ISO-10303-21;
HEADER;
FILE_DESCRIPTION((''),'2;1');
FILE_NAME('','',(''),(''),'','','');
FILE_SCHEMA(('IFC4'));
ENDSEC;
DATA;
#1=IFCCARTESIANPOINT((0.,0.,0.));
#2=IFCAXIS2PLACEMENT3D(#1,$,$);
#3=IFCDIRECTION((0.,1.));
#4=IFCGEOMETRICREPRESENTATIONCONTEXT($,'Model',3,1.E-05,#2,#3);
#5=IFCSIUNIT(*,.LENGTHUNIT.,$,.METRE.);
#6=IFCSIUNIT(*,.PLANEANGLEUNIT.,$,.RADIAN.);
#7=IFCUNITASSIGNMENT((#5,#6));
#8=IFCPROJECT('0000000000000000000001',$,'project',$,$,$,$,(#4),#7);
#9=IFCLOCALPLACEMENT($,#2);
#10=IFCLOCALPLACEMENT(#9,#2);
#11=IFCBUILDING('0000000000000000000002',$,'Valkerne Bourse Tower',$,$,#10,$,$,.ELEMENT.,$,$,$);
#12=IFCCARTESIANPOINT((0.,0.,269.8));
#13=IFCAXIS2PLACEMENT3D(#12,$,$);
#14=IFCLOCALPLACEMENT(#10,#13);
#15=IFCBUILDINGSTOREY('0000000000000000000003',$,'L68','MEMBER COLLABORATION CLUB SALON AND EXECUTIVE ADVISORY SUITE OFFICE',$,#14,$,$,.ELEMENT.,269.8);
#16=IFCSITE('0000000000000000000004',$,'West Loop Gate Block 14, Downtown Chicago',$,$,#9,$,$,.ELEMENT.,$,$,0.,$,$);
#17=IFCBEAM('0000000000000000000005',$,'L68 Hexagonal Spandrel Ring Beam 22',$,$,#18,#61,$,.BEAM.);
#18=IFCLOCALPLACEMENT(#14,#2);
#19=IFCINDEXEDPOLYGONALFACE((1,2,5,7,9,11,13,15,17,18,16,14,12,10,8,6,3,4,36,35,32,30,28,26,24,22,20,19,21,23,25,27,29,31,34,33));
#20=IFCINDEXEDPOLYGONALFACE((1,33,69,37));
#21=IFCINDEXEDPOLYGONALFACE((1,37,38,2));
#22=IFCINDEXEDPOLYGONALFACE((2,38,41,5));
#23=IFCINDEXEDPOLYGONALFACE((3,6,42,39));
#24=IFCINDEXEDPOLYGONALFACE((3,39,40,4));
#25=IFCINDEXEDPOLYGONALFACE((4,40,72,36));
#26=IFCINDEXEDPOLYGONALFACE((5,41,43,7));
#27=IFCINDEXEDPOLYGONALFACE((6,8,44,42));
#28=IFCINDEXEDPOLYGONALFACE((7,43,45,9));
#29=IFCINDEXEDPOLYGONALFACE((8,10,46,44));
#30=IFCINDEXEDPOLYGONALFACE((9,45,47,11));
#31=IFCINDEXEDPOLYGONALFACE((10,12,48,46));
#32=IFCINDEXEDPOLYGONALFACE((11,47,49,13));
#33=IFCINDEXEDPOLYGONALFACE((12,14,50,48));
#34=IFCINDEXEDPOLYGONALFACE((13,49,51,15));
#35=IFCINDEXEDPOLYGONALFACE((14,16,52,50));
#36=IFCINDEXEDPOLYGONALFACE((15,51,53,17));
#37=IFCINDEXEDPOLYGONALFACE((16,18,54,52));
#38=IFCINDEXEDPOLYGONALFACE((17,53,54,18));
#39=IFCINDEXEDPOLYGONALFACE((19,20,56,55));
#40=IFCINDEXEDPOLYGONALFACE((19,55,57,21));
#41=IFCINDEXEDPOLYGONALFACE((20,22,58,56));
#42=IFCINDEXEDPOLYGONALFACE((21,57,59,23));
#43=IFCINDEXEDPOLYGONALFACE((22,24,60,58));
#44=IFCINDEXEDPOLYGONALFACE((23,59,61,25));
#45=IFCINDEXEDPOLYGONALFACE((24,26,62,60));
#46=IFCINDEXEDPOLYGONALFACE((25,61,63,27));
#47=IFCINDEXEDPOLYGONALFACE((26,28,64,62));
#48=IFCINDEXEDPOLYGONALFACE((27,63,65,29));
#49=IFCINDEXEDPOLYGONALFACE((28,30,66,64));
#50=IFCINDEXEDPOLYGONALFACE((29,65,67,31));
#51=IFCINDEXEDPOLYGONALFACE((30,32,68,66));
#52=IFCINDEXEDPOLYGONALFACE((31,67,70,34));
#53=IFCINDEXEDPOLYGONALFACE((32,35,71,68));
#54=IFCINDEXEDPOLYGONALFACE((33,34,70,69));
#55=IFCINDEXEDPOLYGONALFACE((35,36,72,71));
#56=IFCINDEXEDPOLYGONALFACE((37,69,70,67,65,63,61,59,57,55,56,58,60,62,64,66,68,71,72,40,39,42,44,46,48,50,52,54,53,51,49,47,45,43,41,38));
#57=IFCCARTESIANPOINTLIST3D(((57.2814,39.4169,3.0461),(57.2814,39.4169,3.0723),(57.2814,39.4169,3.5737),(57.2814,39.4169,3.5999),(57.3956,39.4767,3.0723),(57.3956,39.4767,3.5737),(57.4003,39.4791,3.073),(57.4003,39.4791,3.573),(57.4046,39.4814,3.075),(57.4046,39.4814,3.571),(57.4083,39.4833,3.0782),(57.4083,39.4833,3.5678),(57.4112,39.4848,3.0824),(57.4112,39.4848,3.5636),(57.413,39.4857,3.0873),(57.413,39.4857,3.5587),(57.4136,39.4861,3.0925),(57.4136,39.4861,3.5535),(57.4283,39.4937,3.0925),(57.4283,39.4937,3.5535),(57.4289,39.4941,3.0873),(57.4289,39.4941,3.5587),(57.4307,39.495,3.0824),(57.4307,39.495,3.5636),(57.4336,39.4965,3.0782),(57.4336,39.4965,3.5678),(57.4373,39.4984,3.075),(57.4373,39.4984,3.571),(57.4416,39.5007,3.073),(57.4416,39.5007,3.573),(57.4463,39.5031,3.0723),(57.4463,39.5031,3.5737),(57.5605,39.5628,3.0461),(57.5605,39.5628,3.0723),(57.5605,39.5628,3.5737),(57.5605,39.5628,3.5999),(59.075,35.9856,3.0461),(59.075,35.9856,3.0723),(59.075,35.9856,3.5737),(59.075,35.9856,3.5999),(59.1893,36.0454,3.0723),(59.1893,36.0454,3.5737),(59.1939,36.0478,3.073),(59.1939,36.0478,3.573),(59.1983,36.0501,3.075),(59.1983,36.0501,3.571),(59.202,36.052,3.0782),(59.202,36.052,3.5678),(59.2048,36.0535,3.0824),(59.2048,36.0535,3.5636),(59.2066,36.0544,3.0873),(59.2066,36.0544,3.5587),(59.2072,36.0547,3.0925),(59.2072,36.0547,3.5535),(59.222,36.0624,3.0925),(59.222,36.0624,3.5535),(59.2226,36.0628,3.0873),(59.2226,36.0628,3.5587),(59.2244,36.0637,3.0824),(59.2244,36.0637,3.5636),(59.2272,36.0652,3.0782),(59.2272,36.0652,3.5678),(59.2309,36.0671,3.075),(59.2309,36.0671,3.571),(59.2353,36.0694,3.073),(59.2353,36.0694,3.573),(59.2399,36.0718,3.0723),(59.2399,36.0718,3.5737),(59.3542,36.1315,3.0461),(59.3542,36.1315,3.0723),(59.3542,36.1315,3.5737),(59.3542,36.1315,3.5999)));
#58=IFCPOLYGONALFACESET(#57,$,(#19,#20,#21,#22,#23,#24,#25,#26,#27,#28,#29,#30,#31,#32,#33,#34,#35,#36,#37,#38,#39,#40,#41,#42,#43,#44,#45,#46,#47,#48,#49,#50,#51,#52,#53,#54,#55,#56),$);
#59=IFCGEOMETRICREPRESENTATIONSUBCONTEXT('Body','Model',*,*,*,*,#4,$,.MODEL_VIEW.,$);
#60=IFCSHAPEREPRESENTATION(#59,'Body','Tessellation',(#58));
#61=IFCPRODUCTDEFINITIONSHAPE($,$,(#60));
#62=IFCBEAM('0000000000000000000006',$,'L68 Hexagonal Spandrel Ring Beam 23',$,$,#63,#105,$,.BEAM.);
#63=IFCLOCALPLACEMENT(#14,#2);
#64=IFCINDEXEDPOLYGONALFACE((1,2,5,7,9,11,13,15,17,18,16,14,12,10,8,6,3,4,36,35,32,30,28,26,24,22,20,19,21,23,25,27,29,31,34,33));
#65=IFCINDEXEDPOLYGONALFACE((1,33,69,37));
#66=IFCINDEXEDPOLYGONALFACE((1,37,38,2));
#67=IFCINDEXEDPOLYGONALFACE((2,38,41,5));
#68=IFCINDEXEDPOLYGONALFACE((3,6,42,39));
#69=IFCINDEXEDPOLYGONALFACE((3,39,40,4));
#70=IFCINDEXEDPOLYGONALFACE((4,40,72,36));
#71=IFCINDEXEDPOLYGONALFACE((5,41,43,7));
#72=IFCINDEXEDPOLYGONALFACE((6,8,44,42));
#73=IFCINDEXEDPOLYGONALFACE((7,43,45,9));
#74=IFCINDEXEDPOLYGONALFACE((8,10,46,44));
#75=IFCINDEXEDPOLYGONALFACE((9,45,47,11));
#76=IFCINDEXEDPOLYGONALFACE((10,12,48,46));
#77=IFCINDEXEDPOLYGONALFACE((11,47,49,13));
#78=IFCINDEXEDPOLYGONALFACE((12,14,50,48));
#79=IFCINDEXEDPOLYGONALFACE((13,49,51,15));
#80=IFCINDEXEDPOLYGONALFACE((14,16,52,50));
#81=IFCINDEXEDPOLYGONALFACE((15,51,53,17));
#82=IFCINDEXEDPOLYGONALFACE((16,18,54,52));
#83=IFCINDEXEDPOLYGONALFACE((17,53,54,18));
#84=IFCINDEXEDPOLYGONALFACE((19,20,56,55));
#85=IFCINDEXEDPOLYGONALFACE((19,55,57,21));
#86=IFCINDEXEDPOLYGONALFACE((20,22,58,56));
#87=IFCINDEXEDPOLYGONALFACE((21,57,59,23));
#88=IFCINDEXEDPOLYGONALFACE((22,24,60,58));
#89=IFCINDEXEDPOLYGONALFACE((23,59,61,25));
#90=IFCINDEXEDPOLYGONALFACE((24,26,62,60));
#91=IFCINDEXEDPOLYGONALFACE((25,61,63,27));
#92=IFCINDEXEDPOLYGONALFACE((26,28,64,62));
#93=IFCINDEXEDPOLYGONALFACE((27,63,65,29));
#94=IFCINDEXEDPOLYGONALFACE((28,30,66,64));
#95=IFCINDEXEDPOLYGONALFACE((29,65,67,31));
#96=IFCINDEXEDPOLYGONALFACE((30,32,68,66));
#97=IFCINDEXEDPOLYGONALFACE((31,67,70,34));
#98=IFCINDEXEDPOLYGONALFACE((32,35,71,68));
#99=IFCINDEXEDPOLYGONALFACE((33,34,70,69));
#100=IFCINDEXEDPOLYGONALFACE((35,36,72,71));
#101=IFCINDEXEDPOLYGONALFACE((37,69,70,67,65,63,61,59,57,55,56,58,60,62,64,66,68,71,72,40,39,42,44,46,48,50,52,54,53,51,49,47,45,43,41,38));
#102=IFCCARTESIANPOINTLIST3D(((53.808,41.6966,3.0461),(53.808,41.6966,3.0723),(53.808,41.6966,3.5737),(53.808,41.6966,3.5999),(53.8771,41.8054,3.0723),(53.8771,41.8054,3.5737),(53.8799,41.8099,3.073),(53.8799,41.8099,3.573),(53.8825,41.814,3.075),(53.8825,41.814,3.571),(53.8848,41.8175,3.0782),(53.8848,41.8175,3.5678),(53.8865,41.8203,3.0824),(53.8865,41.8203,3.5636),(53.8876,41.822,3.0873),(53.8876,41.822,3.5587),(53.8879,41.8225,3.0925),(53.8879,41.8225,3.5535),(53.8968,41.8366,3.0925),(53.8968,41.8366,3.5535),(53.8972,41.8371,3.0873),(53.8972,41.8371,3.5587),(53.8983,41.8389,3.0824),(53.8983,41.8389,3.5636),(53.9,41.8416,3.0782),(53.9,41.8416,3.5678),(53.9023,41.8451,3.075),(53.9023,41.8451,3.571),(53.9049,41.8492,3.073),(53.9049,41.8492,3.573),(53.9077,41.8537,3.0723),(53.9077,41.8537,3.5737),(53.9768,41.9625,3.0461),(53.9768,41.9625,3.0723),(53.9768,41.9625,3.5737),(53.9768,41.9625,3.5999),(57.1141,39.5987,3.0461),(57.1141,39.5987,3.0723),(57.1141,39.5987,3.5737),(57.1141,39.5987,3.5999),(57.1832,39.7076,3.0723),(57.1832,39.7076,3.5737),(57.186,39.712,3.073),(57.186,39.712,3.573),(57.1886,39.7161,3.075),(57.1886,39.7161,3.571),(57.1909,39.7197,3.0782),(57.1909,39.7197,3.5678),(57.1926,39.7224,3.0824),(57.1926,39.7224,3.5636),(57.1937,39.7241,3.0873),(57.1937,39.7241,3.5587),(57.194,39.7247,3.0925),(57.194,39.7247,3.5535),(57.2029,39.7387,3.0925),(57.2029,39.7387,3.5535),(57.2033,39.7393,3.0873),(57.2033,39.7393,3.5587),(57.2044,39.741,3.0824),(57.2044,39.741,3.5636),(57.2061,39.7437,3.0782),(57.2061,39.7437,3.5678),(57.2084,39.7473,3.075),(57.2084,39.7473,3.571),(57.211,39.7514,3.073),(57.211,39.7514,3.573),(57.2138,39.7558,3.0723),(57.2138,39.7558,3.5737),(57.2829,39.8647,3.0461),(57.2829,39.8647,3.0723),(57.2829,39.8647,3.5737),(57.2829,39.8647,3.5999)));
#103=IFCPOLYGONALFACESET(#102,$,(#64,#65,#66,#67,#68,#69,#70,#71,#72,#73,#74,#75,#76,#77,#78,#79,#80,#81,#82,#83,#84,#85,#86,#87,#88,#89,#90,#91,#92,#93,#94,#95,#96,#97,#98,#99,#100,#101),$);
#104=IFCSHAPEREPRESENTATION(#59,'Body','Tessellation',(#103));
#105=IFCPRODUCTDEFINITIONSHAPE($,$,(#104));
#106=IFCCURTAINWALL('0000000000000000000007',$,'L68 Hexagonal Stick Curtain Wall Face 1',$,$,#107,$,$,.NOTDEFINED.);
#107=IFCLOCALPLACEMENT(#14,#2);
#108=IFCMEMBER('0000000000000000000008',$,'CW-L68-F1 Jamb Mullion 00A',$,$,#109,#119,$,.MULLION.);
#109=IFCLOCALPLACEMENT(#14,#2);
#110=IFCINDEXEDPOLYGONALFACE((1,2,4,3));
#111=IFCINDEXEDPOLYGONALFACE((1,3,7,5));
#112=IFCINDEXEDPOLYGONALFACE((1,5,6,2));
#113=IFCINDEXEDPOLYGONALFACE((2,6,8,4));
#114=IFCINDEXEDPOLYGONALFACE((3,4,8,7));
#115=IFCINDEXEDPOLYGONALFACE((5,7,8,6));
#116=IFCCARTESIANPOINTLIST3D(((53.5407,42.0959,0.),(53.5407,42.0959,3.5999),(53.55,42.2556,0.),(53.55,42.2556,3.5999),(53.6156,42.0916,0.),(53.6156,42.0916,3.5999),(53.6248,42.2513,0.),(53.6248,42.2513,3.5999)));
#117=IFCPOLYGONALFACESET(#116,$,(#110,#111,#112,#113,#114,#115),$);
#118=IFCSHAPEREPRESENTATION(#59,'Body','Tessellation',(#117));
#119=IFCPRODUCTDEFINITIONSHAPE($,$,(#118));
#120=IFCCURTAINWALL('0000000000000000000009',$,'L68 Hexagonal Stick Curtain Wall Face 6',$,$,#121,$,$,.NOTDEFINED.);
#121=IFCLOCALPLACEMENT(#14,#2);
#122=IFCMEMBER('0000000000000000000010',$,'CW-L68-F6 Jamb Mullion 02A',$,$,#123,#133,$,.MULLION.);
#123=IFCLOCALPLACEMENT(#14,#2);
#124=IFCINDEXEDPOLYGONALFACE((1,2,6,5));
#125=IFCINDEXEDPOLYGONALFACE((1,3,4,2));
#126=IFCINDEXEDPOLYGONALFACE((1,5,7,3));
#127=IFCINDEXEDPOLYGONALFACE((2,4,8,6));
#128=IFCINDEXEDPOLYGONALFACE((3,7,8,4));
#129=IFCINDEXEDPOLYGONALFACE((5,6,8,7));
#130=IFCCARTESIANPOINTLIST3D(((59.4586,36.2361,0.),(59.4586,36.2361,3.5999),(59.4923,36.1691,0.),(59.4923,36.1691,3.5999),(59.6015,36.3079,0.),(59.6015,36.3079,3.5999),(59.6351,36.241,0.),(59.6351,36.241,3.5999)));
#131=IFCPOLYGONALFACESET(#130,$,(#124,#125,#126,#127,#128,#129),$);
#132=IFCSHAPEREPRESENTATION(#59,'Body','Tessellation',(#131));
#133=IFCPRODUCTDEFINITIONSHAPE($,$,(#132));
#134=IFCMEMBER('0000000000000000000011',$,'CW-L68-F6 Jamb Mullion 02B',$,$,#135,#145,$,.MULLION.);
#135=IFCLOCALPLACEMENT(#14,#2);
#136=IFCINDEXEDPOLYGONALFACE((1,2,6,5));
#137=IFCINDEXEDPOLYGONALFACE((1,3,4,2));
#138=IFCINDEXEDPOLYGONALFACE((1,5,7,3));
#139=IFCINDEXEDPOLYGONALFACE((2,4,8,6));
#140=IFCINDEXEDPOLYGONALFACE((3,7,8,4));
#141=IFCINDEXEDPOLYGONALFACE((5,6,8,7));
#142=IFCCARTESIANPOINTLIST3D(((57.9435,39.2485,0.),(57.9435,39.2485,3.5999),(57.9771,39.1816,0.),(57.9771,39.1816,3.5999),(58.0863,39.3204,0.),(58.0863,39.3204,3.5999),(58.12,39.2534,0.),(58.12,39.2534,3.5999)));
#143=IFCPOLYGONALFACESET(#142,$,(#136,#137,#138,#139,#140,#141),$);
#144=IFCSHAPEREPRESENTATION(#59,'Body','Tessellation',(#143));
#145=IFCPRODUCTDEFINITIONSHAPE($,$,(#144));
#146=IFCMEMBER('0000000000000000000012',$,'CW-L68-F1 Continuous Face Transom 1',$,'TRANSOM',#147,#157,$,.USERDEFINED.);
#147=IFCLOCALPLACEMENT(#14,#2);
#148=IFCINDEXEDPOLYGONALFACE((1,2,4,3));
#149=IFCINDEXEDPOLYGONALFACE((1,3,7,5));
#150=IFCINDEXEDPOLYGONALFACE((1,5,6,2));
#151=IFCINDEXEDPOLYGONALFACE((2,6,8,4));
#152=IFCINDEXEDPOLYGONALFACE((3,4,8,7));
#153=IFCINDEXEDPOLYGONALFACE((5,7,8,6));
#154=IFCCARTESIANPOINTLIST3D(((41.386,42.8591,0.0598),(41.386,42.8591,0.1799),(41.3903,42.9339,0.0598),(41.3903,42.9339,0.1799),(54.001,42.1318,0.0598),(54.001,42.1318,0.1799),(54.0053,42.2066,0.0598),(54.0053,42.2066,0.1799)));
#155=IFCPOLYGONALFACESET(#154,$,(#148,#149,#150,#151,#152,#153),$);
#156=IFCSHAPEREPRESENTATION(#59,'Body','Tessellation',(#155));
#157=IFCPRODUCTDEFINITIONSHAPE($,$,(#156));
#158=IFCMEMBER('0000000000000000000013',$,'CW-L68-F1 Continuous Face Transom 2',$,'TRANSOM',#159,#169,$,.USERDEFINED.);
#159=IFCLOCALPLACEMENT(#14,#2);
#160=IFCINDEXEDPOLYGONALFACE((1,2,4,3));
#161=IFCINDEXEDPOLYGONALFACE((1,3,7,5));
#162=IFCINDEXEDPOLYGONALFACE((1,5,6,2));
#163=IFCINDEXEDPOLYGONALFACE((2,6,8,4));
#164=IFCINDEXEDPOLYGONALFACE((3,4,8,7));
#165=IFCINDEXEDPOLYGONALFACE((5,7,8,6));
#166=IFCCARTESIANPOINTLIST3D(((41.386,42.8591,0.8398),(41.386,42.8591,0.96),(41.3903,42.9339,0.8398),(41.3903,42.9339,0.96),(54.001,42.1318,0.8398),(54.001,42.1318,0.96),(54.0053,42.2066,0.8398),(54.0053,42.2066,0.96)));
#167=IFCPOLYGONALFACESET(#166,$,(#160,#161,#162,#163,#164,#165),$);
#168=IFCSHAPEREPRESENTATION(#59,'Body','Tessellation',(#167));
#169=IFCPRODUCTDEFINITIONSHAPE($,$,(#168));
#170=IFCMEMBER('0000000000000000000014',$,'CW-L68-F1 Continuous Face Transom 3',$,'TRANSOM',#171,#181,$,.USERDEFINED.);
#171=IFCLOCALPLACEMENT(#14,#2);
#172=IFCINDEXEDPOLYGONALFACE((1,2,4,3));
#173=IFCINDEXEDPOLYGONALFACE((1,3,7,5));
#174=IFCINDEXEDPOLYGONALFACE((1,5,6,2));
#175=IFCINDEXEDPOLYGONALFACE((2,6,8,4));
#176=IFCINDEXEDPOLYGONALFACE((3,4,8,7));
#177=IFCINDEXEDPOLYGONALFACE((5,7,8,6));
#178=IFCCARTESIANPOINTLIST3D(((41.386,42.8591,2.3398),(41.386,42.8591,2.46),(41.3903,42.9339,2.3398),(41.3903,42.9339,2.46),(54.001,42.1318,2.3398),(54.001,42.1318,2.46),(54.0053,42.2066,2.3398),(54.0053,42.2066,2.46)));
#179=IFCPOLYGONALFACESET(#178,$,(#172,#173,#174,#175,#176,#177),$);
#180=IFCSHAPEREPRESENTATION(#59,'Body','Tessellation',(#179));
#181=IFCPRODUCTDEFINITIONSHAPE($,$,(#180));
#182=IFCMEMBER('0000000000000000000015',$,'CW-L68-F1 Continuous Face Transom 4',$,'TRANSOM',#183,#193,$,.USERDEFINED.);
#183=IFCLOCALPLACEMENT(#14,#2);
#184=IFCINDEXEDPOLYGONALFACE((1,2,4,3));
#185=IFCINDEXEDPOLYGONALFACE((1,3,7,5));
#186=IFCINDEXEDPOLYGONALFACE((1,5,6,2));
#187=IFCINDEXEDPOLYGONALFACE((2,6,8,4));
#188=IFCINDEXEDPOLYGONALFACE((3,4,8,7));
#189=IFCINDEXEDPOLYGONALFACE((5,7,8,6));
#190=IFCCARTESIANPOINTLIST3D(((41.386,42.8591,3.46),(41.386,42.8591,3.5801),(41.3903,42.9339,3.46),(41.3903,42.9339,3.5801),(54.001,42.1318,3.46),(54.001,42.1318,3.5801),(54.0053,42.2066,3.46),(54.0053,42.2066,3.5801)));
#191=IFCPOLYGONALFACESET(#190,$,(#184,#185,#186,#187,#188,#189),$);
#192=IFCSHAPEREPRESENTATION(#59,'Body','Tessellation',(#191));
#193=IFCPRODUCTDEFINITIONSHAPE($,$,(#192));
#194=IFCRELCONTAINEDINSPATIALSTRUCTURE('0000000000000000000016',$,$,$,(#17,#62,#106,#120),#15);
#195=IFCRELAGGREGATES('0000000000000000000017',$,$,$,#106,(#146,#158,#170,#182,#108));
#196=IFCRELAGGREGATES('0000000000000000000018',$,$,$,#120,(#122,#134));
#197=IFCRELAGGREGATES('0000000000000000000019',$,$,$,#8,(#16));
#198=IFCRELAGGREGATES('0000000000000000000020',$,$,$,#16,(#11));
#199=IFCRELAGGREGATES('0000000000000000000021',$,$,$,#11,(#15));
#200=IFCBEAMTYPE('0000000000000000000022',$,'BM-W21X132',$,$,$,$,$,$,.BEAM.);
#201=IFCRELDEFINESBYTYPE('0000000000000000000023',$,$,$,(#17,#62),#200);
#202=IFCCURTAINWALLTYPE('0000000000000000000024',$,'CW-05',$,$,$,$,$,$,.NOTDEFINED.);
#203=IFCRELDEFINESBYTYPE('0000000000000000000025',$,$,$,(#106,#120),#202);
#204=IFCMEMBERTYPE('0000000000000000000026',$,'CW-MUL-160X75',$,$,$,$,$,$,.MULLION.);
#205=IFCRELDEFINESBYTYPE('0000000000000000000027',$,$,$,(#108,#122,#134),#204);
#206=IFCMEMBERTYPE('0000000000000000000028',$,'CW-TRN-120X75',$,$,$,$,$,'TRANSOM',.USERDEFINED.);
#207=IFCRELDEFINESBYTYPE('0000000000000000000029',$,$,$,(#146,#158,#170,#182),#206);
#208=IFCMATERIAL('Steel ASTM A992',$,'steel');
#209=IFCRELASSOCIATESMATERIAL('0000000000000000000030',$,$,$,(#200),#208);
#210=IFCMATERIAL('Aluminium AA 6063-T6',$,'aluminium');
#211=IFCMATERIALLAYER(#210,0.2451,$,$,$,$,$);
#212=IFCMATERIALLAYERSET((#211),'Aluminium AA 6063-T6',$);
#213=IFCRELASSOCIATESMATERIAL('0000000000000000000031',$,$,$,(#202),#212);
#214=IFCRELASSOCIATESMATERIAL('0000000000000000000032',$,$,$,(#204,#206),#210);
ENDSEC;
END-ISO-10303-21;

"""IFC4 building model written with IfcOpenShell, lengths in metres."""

from ifc_helpers import new_model, si_unit, direction, frame, origin, origin_2d, place, context, subcontext, project, spatial, rectangle, i_section, extrude, material, layer, layer_set, material_profile, profile_set, type_object, element, aggregate, save


model = new_model("IFC4")

# Units and contexts
model_context = context("Model", 3, precision=1e-05, world=origin(), true_north=direction((0.0, 1.0)))
body_context = subcontext(model_context, "Body", "Model", "MODEL_VIEW")
ifc_project = project(units=[si_unit("LENGTHUNIT", "METRE"), si_unit("PLANEANGLEUNIT", "RADIAN")], contexts=[model_context])

# Site, building, storey
site_placement = place(None, origin())
site = spatial("IfcSite", under=ifc_project, at=site_placement, Name="West Loop Gate Block 14, Downtown Chicago", CompositionType="ELEMENT", RefElevation=0.0)
building_placement = place(site_placement, origin())
building = spatial("IfcBuilding", under=site, at=building_placement, Name="Valkerne Bourse Tower", CompositionType="ELEMENT")
storey_placement = place(building_placement, frame((0.0, 0.0, 269.8)))
storey = spatial("IfcBuildingStorey", under=building, at=storey_placement, Name="L68", Description="MEMBER COLLABORATION CLUB SALON AND EXECUTIVE ADVISORY SUITE OFFICE", CompositionType="ELEMENT", Elevation=269.8)

# Beams
ifc_material_1 = material(Name="Steel ASTM A992", Category="steel")
ifc_material_profile_1 = material_profile(ifc_material_1, i_section(OverallWidth=0.3149, OverallDepth=0.5537, WebThickness=0.0166, FlangeThickness=0.0261, FilletRadius=0.0203, at=origin_2d()), Name="W21X132")
ifc_profile_set_1 = profile_set([ifc_material_profile_1], Name="Steel ASTM A992")
beam_type = type_object("IfcBeamType", Name="BM-W21X132", PredefinedType="BEAM", material=ifc_profile_set_1)
beam_1_placement = place(storey_placement, frame((59.2146, 36.0586, 3.323), z_axis=(-0.463258, 0.886224, 0.0), x_axis=(-0.886224, -0.463258, 0.0)))
element("IfcBeam", 1, at=beam_1_placement, inside=storey, type_object=beam_type, Name="L68 Hexagonal Spandrel Ring Beam 22", PredefinedType="BEAM", context=body_context, shape_type="SweptSolid", body=[
    extrude(i_section(OverallWidth=0.3149, OverallDepth=0.5537, WebThickness=0.0166, FlangeThickness=0.0261, FilletRadius=0.0203, at=origin_2d()), origin(), (0.0, 0.0, 1.0), 3.8718),
])
beam_2_placement = place(storey_placement, frame((57.1985, 39.7317, 3.323), z_axis=(-0.844357, 0.535782, 0.0), x_axis=(-0.535782, -0.844357, 0.0)))
element("IfcBeam", 2, at=beam_2_placement, inside=storey, type_object=beam_type, Name="L68 Hexagonal Spandrel Ring Beam 23", PredefinedType="BEAM", context=body_context, shape_type="SweptSolid", body=[
    extrude(i_section(OverallWidth=0.3149, OverallDepth=0.5537, WebThickness=0.0166, FlangeThickness=0.0261, FilletRadius=0.0203, at=origin_2d()), origin(), (0.0, 0.0, 1.0), 3.9155),
])

# Curtain wall, member
ifc_material_2 = material(Name="Aluminium AA 6063-T6", Category="aluminium")
ifc_layer_1 = layer(ifc_material_2, 0.2451)
ifc_layer_set_1 = layer_set([ifc_layer_1], Name="Aluminium AA 6063-T6")
curtain_wall_type = type_object("IfcCurtainWallType", Name="CW-05", PredefinedType="NOTDEFINED", material=ifc_layer_set_1)
curtain_wall_1_placement = place(storey_placement, origin())
curtain_wall_1 = element("IfcCurtainWall", 3, at=curtain_wall_1_placement, inside=storey, type_object=curtain_wall_type, Name="L68 Hexagonal Stick Curtain Wall Face 1", PredefinedType="NOTDEFINED")
ifc_material_profile_2 = material_profile(ifc_material_2, rectangle(XDim=0.075, YDim=0.1599, at=origin_2d()), Name="CWM-75X160")
ifc_profile_set_2 = profile_set([ifc_material_profile_2], Name="Aluminium AA 6063-T6")
member_type_1 = type_object("IfcMemberType", Name="CW-MUL-160X75", PredefinedType="MULLION", material=ifc_profile_set_2)
member_1_placement = place(storey_placement, frame((53.5828, 42.1736, 0.0), z_axis=(0.0, 0.0, 1.0), x_axis=(-0.998343, 0.05755, 0.0)))
member_1 = element("IfcMember", 4, at=member_1_placement, type_object=member_type_1, Name="CW-L68-F1 Jamb Mullion 00A", PredefinedType="MULLION", context=body_context, shape_type="SweptSolid", body=[
    extrude(rectangle(XDim=0.075, YDim=0.1599, at=origin_2d()), origin(), (0.0, 0.0, 1.0), 3.5999),
])

# Curtain wall, members
curtain_wall_2_placement = place(storey_placement, origin())
curtain_wall_2 = element("IfcCurtainWall", 5, at=curtain_wall_2_placement, inside=storey, type_object=curtain_wall_type, Name="L68 Hexagonal Stick Curtain Wall Face 6", PredefinedType="NOTDEFINED")
member_2_placement = place(storey_placement, frame((59.5469, 36.2385, 0.0), z_axis=(0.0, 0.0, 1.0), x_axis=(-0.44933, 0.893366, 0.0)))
member_2 = element("IfcMember", 6, at=member_2_placement, type_object=member_type_1, Name="CW-L68-F6 Jamb Mullion 02A", PredefinedType="MULLION", context=body_context, shape_type="SweptSolid", body=[
    extrude(rectangle(XDim=0.075, YDim=0.1599, at=origin_2d()), origin(), (0.0, 0.0, 1.0), 3.5999),
])
member_3_placement = place(storey_placement, frame((58.0317, 39.251, 0.0), z_axis=(0.0, 0.0, 1.0), x_axis=(-0.44933, 0.893366, 0.0)))
member_3 = element("IfcMember", 7, at=member_3_placement, type_object=member_type_1, Name="CW-L68-F6 Jamb Mullion 02B", PredefinedType="MULLION", context=body_context, shape_type="SweptSolid", body=[
    extrude(rectangle(XDim=0.075, YDim=0.1599, at=origin_2d()), origin(), (0.0, 0.0, 1.0), 3.5999),
])

# Members
ifc_material_profile_3 = material_profile(ifc_material_2, rectangle(XDim=0.075, YDim=0.1201, at=origin_2d()), Name="CWT-75X120")
ifc_profile_set_3 = profile_set([ifc_material_profile_3], Name="Aluminium AA 6063-T6")
member_type_2 = type_object("IfcMemberType", Name="CW-TRN-120X75", ElementType="TRANSOM", PredefinedType="USERDEFINED", material=ifc_profile_set_3)
member_4_placement = place(storey_placement, frame((54.0032, 42.1692, 0.1199), z_axis=(-0.998342, 0.057558, 0.0), x_axis=(-0.057558, -0.998342, 0.0)))
member_4 = element("IfcMember", 8, at=member_4_placement, type_object=member_type_2, Name="CW-L68-F1 Continuous Face Transom 1", ObjectType="TRANSOM", PredefinedType="USERDEFINED", context=body_context, shape_type="SweptSolid", body=[
    extrude(rectangle(XDim=0.075, YDim=0.1201, at=origin_2d()), origin(), (0.0, 0.0, 1.0), 12.636),
])
member_5_placement = place(storey_placement, frame((54.0032, 42.1692, 0.8999), z_axis=(-0.998342, 0.057558, 0.0), x_axis=(-0.057558, -0.998342, 0.0)))
member_5 = element("IfcMember", 9, at=member_5_placement, type_object=member_type_2, Name="CW-L68-F1 Continuous Face Transom 2", ObjectType="TRANSOM", PredefinedType="USERDEFINED", context=body_context, shape_type="SweptSolid", body=[
    extrude(rectangle(XDim=0.075, YDim=0.1201, at=origin_2d()), origin(), (0.0, 0.0, 1.0), 12.636),
])
member_6_placement = place(storey_placement, frame((54.0032, 42.1692, 2.3999), z_axis=(-0.998342, 0.057558, 0.0), x_axis=(-0.057558, -0.998342, 0.0)))
member_6 = element("IfcMember", 10, at=member_6_placement, type_object=member_type_2, Name="CW-L68-F1 Continuous Face Transom 3", ObjectType="TRANSOM", PredefinedType="USERDEFINED", context=body_context, shape_type="SweptSolid", body=[
    extrude(rectangle(XDim=0.075, YDim=0.1201, at=origin_2d()), origin(), (0.0, 0.0, 1.0), 12.636),
])
member_7_placement = place(storey_placement, frame((54.0032, 42.1692, 3.52), z_axis=(-0.998342, 0.057558, 0.0), x_axis=(-0.057558, -0.998342, 0.0)))
member_7 = element("IfcMember", 11, at=member_7_placement, type_object=member_type_2, Name="CW-L68-F1 Continuous Face Transom 4", ObjectType="TRANSOM", PredefinedType="USERDEFINED", context=body_context, shape_type="SweptSolid", body=[
    extrude(rectangle(XDim=0.075, YDim=0.1201, at=origin_2d()), origin(), (0.0, 0.0, 1.0), 12.636),
])

aggregate(curtain_wall_1, [member_4, member_5, member_6, member_7, member_1])
aggregate(curtain_wall_2, [member_2, member_3])

save(model, "model.ifc")
